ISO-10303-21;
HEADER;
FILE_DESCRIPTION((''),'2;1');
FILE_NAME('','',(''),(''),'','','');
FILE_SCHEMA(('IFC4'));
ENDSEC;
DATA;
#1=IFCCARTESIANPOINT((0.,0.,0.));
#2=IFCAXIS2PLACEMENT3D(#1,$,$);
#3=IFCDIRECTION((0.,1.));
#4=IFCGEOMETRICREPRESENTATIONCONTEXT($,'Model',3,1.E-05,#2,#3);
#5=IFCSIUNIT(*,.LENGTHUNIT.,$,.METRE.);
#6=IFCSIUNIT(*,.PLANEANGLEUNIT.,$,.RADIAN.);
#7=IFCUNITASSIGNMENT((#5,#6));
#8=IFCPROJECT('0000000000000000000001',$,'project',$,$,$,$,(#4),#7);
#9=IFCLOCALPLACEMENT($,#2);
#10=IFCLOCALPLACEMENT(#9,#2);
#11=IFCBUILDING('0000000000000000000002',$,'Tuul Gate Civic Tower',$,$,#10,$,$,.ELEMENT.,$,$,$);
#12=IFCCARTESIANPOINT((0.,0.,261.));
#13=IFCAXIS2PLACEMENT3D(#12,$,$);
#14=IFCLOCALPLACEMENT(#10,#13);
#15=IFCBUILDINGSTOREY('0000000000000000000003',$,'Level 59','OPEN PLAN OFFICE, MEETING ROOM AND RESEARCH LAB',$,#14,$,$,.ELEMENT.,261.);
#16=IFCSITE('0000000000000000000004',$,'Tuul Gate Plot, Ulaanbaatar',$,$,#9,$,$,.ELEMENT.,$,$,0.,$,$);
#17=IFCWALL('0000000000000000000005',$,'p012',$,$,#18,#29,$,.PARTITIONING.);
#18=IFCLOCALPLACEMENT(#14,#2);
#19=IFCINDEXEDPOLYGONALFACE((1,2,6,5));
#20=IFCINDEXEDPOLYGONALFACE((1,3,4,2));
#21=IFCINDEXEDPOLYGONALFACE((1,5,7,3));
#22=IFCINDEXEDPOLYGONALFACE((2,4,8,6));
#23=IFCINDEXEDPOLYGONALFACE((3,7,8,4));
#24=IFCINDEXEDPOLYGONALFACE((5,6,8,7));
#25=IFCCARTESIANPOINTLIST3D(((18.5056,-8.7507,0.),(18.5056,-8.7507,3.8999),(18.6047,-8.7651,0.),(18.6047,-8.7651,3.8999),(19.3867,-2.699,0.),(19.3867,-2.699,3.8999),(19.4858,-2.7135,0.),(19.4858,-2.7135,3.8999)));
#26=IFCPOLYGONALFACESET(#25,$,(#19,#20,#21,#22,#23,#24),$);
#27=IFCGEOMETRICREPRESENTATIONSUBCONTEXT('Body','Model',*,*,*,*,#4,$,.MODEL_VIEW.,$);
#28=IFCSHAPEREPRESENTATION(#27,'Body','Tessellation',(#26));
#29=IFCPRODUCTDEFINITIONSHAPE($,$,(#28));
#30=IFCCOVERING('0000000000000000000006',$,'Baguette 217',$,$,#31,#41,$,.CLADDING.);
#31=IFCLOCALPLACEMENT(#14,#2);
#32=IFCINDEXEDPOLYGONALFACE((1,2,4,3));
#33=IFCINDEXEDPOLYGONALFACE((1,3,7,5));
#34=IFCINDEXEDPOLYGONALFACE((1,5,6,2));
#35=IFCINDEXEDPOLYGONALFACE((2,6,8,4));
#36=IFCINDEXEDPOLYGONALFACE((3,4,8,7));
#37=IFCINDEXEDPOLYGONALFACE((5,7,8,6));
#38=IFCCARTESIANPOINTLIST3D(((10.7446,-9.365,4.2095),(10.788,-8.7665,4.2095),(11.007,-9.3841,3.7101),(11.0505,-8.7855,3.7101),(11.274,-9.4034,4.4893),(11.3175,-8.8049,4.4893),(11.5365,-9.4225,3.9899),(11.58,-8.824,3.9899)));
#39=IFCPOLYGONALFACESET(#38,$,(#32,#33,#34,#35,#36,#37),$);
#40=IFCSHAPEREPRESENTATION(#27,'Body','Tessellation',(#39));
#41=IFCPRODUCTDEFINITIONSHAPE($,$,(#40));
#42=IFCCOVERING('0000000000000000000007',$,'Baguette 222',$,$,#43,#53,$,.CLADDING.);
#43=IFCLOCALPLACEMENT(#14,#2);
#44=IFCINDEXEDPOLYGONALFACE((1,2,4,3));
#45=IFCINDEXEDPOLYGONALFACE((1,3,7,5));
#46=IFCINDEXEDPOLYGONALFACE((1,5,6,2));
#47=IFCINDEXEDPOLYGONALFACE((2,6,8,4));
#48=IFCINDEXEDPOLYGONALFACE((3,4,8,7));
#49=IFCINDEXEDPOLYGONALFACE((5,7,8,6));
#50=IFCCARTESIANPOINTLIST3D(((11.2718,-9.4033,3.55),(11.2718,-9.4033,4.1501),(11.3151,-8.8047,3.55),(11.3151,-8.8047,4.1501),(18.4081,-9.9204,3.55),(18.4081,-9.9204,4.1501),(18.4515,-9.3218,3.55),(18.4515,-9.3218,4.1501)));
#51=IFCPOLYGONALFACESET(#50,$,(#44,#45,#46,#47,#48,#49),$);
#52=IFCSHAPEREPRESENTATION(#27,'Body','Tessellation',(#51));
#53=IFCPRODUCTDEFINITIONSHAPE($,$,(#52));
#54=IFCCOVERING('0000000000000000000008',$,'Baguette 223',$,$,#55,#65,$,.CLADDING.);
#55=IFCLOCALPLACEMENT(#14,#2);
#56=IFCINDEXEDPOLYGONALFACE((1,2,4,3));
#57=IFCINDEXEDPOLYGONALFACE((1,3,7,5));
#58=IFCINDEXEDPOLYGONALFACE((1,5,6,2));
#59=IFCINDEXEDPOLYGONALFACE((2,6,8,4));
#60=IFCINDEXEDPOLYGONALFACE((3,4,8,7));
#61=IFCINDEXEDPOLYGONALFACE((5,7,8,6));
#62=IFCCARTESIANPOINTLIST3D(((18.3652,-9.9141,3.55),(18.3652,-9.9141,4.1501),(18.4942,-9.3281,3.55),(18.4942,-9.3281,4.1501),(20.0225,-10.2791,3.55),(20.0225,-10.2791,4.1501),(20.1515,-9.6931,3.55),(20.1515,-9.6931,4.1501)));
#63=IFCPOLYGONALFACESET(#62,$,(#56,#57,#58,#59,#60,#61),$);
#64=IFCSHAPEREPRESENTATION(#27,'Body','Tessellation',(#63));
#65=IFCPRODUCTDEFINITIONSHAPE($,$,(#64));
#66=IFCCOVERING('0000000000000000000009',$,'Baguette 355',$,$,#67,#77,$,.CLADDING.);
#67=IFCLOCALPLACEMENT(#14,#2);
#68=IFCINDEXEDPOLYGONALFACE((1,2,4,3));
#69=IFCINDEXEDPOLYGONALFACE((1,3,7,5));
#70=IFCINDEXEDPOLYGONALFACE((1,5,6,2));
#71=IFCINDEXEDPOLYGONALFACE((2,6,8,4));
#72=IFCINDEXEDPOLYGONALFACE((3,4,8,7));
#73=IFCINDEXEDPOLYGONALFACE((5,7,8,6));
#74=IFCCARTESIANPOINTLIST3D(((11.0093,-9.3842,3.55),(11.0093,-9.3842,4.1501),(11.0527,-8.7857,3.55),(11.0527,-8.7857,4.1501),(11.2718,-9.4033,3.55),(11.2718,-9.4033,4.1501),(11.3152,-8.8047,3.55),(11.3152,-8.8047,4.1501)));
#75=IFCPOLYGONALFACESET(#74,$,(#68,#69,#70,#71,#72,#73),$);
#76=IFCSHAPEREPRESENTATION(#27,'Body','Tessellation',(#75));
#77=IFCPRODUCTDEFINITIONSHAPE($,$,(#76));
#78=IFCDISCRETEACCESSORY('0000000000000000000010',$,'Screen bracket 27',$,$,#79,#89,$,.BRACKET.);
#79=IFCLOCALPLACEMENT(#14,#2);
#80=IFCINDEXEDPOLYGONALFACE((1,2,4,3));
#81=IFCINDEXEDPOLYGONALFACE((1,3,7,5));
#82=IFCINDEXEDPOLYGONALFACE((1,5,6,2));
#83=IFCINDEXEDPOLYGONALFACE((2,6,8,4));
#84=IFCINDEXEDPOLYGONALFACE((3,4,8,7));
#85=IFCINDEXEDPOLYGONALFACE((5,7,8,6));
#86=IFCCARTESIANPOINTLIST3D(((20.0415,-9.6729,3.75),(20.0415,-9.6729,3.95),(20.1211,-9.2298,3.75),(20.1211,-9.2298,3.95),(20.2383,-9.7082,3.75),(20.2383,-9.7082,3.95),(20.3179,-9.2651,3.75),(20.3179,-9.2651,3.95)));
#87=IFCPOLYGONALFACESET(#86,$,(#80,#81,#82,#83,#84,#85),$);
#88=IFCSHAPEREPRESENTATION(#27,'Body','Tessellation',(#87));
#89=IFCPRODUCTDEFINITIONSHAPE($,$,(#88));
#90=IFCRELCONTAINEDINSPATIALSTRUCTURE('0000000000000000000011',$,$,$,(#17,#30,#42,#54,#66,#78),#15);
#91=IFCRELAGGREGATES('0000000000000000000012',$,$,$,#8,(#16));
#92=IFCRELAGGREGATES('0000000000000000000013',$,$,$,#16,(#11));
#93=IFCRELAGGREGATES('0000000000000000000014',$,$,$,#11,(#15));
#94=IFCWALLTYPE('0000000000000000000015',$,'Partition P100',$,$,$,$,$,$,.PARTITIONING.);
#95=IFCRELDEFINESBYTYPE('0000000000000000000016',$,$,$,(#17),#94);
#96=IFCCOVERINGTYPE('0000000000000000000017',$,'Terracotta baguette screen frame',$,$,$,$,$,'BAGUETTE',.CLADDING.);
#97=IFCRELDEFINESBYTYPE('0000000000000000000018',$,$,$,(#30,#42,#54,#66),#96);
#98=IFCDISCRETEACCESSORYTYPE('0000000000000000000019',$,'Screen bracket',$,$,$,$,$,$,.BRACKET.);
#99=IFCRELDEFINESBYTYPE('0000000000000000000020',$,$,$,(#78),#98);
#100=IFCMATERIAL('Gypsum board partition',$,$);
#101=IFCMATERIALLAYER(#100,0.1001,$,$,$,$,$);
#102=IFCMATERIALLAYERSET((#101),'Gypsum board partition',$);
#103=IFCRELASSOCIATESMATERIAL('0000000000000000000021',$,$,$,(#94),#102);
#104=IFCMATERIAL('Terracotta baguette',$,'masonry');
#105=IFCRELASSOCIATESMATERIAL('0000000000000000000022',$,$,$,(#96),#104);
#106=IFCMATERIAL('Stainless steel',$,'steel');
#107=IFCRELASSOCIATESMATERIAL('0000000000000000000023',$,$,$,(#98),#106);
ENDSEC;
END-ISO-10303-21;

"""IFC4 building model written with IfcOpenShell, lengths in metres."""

from ifc_helpers import new_model, si_unit, direction, frame, frame_2d, origin, origin_2d, place, context, subcontext, project, spatial, rectangle, extrude, material, layer, layer_set, material_profile, profile_set, type_object, element, save


model = new_model("IFC4")

# Units and contexts
model_context = context("Model", 3, precision=1e-05, world=origin(), true_north=direction((0.0, 1.0)))
body_context = subcontext(model_context, "Body", "Model", "MODEL_VIEW")
ifc_project = project(units=[si_unit("LENGTHUNIT", "METRE"), si_unit("PLANEANGLEUNIT", "RADIAN")], contexts=[model_context])

# Site, building, storey
site_placement = place(None, origin())
site = spatial("IfcSite", under=ifc_project, at=site_placement, Name="Tuul Gate Plot, Ulaanbaatar", CompositionType="ELEMENT", RefElevation=0.0)
building_placement = place(site_placement, origin())
building = spatial("IfcBuilding", under=site, at=building_placement, Name="Tuul Gate Civic Tower", CompositionType="ELEMENT")
storey_placement = place(building_placement, frame((0.0, 0.0, 261.0)))
storey = spatial("IfcBuildingStorey", under=building, at=storey_placement, Name="Level 59", Description="OPEN PLAN OFFICE, MEETING ROOM AND RESEARCH LAB", CompositionType="ELEMENT", Elevation=261.0)

# Wall
ifc_material_1 = material(Name="Gypsum board partition")
ifc_layer_1 = layer(ifc_material_1, 0.1001)
ifc_layer_set_1 = layer_set([ifc_layer_1], Name="Gypsum board partition")
wall_type_1 = type_object("IfcWallType", Name="Partition P100", PredefinedType="PARTITIONING", material=ifc_layer_set_1)
wall_1_placement = place(storey_placement, frame((18.5552, -8.7578, 0.0), z_axis=(0.0, 0.0, 1.0), x_axis=(0.144076, 0.989567, 0.0)))
element("IfcWall", 1, at=wall_1_placement, inside=storey, type_object=wall_type_1, Name="p012", PredefinedType="PARTITIONING", context=body_context, shape_type="SweptSolid", body=[
    extrude(rectangle(XDim=6.1155, YDim=0.1001, at=frame_2d((3.0576, 0.0))), origin(), (0.0, 0.0, 1.0), 3.8999),
])

# Coverings
ifc_material_2 = material(Name="Terracotta baguette", Category="masonry")
ifc_material_profile_1 = material_profile(ifc_material_2, rectangle(XDim=0.6001, YDim=0.6001, at=origin_2d()), Name="Terracotta baguette screen frame")
ifc_profile_set_1 = profile_set([ifc_material_profile_1], Name="Terracotta baguette")
covering_type = type_object("IfcCoveringType", Name="Terracotta baguette screen frame", ElementType="BAGUETTE", PredefinedType="CLADDING", material=ifc_profile_set_1)
covering_1_placement = place(storey_placement, frame((11.031, -9.085, 4.3494), z_axis=(0.465035, -0.033742, -0.884649), x_axis=(0.072368, 0.997378, 0.0)))
element("IfcCovering", 2, at=covering_1_placement, inside=storey, type_object=covering_type, Name="Baguette 217", PredefinedType="CLADDING", context=body_context, shape_type="SweptSolid", body=[
    extrude(rectangle(XDim=0.6001, YDim=0.6001, at=origin_2d()), origin(), (0.0, 0.0, 1.0), 0.5645),
])
covering_2_placement = place(storey_placement, frame((11.2935, -9.104, 3.8501), z_axis=(0.997385, -0.07227, 0.0), x_axis=(0.07227, 0.997385, 0.0)))
element("IfcCovering", 3, at=covering_2_placement, inside=storey, type_object=covering_type, Name="Baguette 222", PredefinedType="CLADDING", context=body_context, shape_type="SweptSolid", body=[
    extrude(rectangle(XDim=0.6001, YDim=0.6001, at=origin_2d()), origin(), (0.0, 0.0, 1.0), 7.155),
])
covering_3_placement = place(storey_placement, frame((18.4297, -9.6211, 3.8501), z_axis=(0.976595, -0.215087, 0.0), x_axis=(0.215087, 0.976595, 0.0)))
element("IfcCovering", 4, at=covering_3_placement, inside=storey, type_object=covering_type, Name="Baguette 223", PredefinedType="CLADDING", context=body_context, shape_type="SweptSolid", body=[
    extrude(rectangle(XDim=0.6001, YDim=0.6001, at=origin_2d()), origin(), (0.0, 0.0, 1.0), 1.697),
])
covering_4_placement = place(storey_placement, frame((11.031, -9.085, 3.8501), z_axis=(0.997378, -0.072368, 0.0), x_axis=(0.072368, 0.997378, 0.0)))
element("IfcCovering", 5, at=covering_4_placement, inside=storey, type_object=covering_type, Name="Baguette 355", PredefinedType="CLADDING", context=body_context, shape_type="SweptSolid", body=[
    extrude(rectangle(XDim=0.6001, YDim=0.6001, at=origin_2d()), origin(), (0.0, 0.0, 1.0), 0.2632),
])

# Discrete accessory
ifc_material_3 = material(Name="Stainless steel", Category="steel")
discrete_accessory_type = type_object("IfcDiscreteAccessoryType", Name="Screen bracket", PredefinedType="BRACKET", material=ifc_material_3)
discrete_accessory_placement = place(storey_placement, frame((20.1797, -9.469, 3.75), z_axis=(0.0, 0.0, 1.0), x_axis=(-0.176686, -0.984267, 0.0)))
element("IfcDiscreteAccessory", 6, at=discrete_accessory_placement, inside=storey, type_object=discrete_accessory_type, Name="Screen bracket 27", PredefinedType="BRACKET", context=body_context, shape_type="SweptSolid", body=[
    extrude(rectangle(XDim=0.4502, YDim=0.2, at=origin_2d()), origin(), (0.0, 0.0, 1.0), 0.2),
])

save(model, "model.ifc")
